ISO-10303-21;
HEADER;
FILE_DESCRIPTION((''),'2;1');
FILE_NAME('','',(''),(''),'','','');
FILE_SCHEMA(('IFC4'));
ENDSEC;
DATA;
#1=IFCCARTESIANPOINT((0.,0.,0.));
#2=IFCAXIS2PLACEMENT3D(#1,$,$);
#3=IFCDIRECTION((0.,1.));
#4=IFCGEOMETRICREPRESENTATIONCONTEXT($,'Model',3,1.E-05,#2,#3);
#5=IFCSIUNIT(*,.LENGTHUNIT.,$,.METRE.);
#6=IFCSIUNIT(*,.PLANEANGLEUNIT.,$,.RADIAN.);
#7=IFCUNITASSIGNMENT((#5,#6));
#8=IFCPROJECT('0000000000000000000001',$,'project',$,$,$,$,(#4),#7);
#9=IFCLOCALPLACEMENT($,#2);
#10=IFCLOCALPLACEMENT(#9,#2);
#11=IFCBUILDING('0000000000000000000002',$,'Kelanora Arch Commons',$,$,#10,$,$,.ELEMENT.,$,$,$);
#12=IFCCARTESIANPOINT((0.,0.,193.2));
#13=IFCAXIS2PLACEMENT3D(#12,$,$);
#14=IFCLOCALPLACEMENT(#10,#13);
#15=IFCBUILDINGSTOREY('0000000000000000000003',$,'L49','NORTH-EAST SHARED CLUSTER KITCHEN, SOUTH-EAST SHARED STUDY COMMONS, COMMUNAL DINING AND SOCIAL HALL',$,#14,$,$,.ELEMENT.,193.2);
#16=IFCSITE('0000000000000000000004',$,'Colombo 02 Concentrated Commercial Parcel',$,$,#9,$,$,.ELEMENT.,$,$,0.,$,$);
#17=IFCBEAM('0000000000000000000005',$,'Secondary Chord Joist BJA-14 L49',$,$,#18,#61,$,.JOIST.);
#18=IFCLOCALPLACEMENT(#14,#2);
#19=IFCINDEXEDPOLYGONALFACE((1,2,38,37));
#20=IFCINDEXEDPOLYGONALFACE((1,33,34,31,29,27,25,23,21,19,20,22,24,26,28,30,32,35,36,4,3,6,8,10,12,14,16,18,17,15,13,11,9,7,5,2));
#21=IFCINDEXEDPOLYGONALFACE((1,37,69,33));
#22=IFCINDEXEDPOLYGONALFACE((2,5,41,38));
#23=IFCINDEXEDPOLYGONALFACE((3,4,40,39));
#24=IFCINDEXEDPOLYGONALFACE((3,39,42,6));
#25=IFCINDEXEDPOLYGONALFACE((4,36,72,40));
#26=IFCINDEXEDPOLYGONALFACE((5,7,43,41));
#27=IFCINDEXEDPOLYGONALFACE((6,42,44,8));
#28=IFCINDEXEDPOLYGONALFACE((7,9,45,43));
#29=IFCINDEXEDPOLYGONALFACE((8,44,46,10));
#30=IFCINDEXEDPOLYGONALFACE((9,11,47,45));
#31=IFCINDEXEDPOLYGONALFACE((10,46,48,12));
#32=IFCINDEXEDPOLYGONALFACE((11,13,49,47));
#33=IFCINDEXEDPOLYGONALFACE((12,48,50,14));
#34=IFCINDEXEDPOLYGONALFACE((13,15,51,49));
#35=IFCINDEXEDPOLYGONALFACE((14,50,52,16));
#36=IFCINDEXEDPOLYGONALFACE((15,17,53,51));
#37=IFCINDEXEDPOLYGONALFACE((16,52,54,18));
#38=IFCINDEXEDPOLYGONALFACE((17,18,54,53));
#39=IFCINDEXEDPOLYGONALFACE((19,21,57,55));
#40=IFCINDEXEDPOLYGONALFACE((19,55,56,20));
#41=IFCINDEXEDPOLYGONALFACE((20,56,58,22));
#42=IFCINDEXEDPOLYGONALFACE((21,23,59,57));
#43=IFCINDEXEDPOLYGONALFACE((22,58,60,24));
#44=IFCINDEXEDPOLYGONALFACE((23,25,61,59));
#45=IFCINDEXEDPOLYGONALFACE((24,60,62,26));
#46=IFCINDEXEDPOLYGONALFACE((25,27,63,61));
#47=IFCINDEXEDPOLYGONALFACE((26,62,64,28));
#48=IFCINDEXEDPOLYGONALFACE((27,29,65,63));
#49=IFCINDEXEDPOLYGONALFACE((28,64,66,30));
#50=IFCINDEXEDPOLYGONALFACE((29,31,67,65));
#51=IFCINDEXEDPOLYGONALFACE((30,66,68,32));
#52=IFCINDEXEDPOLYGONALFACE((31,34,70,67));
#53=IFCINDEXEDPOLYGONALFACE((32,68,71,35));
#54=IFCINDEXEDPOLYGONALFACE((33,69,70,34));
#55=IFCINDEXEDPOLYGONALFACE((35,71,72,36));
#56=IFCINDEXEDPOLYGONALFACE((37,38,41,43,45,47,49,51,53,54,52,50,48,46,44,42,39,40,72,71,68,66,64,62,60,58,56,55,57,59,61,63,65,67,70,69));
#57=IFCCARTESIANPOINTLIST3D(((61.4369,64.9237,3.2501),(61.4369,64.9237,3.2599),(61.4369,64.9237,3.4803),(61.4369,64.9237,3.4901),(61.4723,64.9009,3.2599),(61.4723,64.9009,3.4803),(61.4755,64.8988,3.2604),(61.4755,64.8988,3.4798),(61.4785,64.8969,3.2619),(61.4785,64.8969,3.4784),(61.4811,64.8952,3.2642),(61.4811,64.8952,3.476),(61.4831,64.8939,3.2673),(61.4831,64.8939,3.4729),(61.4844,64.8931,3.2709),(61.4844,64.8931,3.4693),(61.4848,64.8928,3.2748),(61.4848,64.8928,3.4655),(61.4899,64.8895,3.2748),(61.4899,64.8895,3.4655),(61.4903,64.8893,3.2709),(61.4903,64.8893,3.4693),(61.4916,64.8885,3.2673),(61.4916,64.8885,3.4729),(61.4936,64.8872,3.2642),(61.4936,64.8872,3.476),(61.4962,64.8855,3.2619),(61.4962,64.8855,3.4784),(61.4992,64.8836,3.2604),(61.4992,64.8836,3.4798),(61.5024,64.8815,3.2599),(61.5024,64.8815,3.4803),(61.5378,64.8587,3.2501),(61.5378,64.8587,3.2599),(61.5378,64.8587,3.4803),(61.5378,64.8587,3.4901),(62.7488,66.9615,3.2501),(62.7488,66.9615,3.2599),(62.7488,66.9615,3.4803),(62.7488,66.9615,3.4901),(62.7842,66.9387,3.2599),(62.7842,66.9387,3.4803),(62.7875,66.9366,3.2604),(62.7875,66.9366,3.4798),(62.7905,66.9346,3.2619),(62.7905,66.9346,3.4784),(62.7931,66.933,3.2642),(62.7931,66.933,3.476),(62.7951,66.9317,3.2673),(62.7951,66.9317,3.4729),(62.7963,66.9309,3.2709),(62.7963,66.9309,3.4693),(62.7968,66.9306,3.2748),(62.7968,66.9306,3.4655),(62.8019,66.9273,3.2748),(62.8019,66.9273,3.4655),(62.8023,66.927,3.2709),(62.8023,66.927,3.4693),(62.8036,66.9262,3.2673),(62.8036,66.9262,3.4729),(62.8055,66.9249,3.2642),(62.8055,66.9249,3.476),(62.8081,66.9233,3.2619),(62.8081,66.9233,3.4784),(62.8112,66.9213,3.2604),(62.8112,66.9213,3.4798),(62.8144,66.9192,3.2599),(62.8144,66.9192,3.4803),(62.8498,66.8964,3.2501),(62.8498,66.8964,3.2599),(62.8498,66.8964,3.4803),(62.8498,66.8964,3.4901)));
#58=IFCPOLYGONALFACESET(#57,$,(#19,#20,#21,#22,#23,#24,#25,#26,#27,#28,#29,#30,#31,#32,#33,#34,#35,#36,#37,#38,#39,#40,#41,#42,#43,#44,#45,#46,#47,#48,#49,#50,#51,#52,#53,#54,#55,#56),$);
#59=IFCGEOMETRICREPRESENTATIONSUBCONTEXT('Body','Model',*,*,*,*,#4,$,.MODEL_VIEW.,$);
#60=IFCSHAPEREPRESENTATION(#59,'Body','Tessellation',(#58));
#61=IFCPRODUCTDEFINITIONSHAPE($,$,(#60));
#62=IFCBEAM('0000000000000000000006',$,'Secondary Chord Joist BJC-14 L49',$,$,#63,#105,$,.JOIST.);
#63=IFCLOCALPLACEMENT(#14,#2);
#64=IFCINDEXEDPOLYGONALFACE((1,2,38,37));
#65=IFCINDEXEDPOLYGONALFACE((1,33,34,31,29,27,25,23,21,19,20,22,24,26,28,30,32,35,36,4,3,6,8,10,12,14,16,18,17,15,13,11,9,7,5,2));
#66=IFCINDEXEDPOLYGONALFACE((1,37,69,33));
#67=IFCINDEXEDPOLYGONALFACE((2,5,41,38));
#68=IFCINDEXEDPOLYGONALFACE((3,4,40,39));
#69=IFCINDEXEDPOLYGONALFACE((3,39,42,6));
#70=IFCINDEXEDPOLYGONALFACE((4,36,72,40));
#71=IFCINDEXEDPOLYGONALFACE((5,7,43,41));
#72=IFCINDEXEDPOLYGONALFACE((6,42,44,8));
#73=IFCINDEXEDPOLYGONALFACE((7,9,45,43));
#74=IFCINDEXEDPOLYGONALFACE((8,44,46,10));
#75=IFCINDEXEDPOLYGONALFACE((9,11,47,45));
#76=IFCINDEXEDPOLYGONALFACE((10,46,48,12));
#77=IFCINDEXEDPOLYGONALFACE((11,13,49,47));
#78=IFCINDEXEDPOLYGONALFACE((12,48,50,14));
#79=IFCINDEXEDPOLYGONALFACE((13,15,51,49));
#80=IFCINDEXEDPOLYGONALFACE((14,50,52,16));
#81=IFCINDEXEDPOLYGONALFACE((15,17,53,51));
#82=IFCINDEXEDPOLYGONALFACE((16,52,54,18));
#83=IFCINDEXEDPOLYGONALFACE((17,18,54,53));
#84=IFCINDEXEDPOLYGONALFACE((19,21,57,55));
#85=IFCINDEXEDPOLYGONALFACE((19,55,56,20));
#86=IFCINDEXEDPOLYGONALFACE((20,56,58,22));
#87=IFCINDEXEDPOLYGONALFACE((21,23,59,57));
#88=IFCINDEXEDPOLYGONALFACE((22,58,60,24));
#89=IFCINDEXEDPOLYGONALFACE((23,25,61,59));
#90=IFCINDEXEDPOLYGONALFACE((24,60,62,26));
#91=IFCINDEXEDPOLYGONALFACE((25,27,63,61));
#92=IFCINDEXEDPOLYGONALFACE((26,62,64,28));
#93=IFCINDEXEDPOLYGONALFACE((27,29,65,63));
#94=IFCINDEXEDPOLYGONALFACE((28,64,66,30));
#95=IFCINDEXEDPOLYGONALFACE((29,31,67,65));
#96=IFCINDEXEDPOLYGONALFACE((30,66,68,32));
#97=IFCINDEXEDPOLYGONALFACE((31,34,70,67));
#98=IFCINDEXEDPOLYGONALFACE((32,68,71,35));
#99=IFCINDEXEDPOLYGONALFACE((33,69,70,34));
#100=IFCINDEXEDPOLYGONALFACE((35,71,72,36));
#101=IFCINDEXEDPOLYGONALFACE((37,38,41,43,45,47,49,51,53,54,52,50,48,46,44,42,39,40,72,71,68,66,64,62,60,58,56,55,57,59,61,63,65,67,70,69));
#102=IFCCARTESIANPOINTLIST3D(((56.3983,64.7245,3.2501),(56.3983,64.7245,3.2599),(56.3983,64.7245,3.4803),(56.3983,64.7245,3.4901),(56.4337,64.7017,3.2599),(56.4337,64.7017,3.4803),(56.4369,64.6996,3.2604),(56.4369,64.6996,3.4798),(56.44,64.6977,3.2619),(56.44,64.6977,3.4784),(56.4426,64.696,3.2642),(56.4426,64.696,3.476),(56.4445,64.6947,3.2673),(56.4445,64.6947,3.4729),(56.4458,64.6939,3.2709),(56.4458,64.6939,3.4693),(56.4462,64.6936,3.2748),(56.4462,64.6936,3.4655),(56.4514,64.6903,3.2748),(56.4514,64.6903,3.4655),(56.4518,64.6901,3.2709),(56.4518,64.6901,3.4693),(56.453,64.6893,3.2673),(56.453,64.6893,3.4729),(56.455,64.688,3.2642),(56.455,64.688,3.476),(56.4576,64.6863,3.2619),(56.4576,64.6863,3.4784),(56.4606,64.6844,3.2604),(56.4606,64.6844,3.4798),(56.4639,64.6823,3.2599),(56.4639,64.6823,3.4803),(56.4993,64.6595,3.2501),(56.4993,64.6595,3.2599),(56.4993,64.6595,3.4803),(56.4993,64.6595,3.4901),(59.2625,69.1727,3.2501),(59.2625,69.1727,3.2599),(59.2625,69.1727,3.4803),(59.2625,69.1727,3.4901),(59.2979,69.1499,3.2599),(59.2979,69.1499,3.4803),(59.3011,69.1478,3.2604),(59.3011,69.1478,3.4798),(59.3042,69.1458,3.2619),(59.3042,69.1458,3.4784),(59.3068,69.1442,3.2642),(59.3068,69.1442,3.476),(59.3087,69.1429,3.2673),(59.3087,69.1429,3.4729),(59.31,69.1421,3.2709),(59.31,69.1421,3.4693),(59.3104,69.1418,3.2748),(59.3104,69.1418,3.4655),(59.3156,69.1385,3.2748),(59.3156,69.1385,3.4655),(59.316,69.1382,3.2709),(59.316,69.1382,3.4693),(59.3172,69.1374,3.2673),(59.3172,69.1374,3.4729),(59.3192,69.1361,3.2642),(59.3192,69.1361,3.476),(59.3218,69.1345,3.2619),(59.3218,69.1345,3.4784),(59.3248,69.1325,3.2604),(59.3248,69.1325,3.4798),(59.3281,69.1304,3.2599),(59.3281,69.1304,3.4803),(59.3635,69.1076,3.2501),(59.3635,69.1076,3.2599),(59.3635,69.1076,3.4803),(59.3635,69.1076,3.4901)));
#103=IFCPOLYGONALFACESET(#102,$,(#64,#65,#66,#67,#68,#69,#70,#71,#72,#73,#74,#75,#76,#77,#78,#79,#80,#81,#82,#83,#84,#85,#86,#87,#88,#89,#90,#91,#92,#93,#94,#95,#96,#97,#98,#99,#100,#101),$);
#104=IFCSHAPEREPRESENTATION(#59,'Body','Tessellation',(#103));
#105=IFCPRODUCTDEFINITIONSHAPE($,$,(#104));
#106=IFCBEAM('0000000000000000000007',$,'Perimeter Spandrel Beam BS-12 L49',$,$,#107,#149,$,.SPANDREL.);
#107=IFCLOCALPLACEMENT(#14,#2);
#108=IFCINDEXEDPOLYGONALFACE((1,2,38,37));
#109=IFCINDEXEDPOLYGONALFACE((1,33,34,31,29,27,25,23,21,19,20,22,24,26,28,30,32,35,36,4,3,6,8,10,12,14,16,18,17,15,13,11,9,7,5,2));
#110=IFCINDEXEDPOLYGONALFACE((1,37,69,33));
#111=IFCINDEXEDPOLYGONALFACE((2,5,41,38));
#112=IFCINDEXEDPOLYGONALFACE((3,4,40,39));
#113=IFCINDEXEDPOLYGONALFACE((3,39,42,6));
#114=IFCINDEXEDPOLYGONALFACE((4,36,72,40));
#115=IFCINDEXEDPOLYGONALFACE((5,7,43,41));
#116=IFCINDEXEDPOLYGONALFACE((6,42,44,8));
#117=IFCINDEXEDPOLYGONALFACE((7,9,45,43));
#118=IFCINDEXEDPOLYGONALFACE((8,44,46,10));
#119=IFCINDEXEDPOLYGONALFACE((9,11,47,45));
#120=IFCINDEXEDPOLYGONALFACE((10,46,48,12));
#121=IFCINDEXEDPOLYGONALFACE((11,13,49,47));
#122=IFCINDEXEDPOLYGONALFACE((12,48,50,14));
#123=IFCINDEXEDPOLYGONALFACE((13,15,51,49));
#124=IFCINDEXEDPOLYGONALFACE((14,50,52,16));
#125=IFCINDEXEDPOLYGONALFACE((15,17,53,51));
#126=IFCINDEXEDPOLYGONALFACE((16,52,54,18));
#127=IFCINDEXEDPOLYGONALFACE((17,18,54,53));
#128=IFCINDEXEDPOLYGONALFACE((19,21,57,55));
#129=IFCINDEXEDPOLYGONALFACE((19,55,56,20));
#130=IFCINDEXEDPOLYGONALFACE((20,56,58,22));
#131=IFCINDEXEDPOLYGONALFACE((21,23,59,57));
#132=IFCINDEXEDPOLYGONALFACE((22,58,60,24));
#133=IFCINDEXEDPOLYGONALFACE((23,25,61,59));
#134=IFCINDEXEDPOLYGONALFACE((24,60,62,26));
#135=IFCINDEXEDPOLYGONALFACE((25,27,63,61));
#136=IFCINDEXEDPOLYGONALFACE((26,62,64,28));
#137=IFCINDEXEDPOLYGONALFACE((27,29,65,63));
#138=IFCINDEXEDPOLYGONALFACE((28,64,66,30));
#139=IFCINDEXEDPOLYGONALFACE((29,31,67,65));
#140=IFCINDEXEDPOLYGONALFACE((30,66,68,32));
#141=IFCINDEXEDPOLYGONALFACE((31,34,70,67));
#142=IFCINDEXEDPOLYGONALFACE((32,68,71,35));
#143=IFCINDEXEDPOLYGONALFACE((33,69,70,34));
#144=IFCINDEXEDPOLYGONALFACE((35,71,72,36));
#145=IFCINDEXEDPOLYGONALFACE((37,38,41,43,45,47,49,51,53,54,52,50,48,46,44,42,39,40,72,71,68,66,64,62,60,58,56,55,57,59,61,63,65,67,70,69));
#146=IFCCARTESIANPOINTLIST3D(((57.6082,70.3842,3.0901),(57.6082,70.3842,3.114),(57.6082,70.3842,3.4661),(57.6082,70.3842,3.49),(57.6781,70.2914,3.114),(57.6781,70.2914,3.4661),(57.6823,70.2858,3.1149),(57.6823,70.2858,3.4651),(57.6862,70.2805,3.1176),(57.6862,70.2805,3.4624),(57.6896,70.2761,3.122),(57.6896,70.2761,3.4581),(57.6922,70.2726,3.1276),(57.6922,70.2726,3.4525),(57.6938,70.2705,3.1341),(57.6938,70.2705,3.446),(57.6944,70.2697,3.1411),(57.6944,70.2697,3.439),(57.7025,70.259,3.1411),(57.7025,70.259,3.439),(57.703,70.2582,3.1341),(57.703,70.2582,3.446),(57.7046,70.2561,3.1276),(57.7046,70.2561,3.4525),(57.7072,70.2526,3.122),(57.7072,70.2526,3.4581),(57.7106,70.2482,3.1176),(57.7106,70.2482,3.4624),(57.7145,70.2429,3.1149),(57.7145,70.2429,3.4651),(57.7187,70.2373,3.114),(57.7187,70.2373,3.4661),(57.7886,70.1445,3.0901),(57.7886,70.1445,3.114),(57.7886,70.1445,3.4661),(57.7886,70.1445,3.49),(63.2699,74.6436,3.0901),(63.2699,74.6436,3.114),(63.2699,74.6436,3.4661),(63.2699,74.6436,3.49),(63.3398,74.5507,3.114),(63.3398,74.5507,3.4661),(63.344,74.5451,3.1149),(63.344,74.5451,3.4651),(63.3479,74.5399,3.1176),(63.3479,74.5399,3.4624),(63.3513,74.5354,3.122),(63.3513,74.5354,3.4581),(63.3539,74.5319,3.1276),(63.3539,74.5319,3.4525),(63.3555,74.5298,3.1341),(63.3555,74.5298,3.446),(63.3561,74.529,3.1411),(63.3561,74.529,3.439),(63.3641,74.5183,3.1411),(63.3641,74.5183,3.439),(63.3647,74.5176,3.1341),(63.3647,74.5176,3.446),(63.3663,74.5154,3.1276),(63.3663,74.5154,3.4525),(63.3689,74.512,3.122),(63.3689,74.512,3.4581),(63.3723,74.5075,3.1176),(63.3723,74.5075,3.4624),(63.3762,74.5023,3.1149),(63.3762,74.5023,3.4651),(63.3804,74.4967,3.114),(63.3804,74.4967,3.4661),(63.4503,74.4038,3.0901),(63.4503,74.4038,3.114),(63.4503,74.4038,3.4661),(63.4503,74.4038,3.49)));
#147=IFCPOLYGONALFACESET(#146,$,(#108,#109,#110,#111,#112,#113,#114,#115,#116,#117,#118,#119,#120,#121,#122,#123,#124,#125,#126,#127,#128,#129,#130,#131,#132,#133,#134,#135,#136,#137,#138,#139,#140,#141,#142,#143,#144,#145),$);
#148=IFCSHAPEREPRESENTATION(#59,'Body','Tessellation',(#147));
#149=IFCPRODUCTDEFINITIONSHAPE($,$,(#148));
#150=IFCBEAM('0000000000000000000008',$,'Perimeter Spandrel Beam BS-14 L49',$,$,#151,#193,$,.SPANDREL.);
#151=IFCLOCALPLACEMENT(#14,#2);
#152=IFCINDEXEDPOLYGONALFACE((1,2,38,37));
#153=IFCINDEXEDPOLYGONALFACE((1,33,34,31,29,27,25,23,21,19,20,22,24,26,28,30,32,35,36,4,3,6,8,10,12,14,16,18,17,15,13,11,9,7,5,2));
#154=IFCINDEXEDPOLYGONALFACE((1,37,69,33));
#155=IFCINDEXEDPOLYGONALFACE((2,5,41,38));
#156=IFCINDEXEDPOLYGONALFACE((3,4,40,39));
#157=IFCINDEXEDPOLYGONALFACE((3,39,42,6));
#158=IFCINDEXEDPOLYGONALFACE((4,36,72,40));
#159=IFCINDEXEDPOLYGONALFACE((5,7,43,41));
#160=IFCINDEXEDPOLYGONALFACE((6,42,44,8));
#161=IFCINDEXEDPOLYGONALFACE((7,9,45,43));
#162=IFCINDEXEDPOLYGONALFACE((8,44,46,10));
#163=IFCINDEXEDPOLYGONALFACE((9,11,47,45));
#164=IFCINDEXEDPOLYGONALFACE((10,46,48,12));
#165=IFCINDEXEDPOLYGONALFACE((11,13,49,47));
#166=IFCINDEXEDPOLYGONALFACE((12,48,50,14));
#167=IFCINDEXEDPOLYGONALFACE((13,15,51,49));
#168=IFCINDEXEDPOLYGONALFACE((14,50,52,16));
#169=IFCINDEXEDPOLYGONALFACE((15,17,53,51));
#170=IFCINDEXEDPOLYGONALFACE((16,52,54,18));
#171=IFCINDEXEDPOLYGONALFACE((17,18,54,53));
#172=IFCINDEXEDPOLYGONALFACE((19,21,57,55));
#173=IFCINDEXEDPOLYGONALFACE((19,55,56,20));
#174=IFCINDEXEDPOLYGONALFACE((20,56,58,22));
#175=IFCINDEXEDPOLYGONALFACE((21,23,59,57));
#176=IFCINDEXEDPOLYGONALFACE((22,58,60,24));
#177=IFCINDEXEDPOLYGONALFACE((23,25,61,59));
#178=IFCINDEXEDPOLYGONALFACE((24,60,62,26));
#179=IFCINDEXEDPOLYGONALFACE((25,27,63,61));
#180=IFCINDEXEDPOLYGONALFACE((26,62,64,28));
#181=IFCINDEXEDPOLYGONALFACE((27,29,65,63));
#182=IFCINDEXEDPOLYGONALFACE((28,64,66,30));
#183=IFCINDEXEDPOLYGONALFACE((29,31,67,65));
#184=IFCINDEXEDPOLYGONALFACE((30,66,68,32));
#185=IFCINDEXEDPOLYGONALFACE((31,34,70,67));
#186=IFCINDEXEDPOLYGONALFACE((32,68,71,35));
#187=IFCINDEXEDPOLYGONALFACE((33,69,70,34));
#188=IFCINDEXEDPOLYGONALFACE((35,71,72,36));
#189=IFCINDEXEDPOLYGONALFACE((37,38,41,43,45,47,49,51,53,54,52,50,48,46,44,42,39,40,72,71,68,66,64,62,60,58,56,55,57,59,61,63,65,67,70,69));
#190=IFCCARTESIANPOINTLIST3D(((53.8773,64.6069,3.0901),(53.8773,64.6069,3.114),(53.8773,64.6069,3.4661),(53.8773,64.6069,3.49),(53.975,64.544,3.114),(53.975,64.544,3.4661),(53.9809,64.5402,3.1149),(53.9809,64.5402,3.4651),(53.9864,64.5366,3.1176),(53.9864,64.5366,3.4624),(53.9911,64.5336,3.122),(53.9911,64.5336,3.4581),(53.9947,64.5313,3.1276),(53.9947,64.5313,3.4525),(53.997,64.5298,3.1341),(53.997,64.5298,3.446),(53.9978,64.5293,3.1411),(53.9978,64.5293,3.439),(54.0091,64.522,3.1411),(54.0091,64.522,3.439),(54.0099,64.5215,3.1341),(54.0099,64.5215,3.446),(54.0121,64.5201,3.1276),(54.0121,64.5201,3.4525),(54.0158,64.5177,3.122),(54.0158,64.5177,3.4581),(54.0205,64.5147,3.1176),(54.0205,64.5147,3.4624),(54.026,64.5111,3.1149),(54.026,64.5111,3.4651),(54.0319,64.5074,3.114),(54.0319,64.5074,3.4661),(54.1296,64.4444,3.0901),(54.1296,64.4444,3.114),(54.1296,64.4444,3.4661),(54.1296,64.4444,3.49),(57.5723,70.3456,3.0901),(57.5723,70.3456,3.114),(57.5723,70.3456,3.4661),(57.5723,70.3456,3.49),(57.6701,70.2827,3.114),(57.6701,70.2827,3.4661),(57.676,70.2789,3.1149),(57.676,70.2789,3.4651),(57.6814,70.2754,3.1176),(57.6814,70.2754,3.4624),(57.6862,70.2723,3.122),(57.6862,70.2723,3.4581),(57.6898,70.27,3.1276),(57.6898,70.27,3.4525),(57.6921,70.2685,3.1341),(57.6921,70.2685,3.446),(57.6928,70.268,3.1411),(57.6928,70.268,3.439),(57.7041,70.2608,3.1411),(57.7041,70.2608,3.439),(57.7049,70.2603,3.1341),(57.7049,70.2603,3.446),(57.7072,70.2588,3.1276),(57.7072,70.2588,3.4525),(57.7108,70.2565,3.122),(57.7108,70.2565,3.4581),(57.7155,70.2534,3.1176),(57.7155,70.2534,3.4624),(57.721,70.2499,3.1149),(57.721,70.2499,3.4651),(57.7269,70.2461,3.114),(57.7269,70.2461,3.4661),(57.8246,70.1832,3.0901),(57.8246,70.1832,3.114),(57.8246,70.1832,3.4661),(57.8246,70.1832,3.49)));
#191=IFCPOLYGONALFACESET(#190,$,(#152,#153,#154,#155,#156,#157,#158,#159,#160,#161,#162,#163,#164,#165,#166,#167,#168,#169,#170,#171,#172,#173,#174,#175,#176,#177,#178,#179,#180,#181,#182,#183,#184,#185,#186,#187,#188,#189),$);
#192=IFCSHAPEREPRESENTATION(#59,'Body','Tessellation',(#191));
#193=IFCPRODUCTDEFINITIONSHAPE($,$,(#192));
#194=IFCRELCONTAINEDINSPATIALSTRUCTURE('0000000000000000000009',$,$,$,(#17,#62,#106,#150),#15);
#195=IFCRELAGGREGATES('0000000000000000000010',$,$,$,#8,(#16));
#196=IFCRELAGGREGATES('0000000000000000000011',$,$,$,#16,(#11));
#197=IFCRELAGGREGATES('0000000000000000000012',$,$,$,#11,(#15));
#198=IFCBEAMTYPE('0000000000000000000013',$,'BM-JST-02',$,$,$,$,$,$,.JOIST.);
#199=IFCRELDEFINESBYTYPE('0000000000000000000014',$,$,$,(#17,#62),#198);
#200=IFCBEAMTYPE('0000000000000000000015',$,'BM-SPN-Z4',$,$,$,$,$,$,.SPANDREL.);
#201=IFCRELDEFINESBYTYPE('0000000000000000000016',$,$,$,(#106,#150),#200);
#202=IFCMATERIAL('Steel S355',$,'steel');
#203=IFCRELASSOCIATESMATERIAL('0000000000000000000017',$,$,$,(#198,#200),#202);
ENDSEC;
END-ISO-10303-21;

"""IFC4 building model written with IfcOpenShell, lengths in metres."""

from ifc_helpers import new_model, si_unit, direction, frame, origin, origin_2d, place, context, subcontext, project, spatial, i_section, extrude, material, material_profile, profile_set, type_object, element, save


model = new_model("IFC4")

# Units and contexts
model_context = context("Model", 3, precision=1e-05, world=origin(), true_north=direction((0.0, 1.0)))
body_context = subcontext(model_context, "Body", "Model", "MODEL_VIEW")
ifc_project = project(units=[si_unit("LENGTHUNIT", "METRE"), si_unit("PLANEANGLEUNIT", "RADIAN")], contexts=[model_context])

# Site, building, storey
site_placement = place(None, origin())
site = spatial("IfcSite", under=ifc_project, at=site_placement, Name="Colombo 02 Concentrated Commercial Parcel", CompositionType="ELEMENT", RefElevation=0.0)
building_placement = place(site_placement, origin())
building = spatial("IfcBuilding", under=site, at=building_placement, Name="Kelanora Arch Commons", CompositionType="ELEMENT")
storey_placement = place(building_placement, frame((0.0, 0.0, 193.2)))
storey = spatial("IfcBuildingStorey", under=building, at=storey_placement, Name="L49", Description="NORTH-EAST SHARED CLUSTER KITCHEN, SOUTH-EAST SHARED STUDY COMMONS, COMMUNAL DINING AND SOCIAL HALL", CompositionType="ELEMENT", Elevation=193.2)

# Beams
ifc_material_1 = material(Name="Steel S355", Category="steel")
ifc_material_profile_1 = material_profile(ifc_material_1, i_section(OverallWidth=0.1201, OverallDepth=0.24, WebThickness=0.0061, FlangeThickness=0.0098, FilletRadius=0.0149, at=origin_2d()), Name="IPE240")
ifc_profile_set_1 = profile_set([ifc_material_profile_1], Name="Steel S355")
beam_type_1 = type_object("IfcBeamType", Name="BM-JST-02", PredefinedType="JOIST", material=ifc_profile_set_1)
beam_1_placement = place(storey_placement, frame((62.7993, 66.929, 3.3701), z_axis=(-0.541333, -0.840808, 0.0), x_axis=(0.840808, -0.541333, 0.0)))
element("IfcBeam", 1, at=beam_1_placement, inside=storey, type_object=beam_type_1, Name="Secondary Chord Joist BJA-14 L49", PredefinedType="JOIST", context=body_context, shape_type="SweptSolid", body=[
    extrude(i_section(OverallWidth=0.1201, OverallDepth=0.24, WebThickness=0.0061, FlangeThickness=0.0098, FilletRadius=0.0149, at=origin_2d()), origin(), (0.0, 0.0, 1.0), 2.4236),
])
beam_2_placement = place(storey_placement, frame((59.313, 69.1401, 3.3701), z_axis=(-0.541382, -0.840776, 0.0), x_axis=(0.840776, -0.541382, 0.0)))
element("IfcBeam", 2, at=beam_2_placement, inside=storey, type_object=beam_type_1, Name="Secondary Chord Joist BJC-14 L49", PredefinedType="JOIST", context=body_context, shape_type="SweptSolid", body=[
    extrude(i_section(OverallWidth=0.1201, OverallDepth=0.24, WebThickness=0.0061, FlangeThickness=0.0098, FilletRadius=0.0149, at=origin_2d()), origin(), (0.0, 0.0, 1.0), 5.2905),
])
ifc_material_profile_2 = material_profile(ifc_material_1, i_section(OverallWidth=0.3, OverallDepth=0.3999, WebThickness=0.0134, FlangeThickness=0.0239, FilletRadius=0.0271, at=origin_2d()), Name="HEB400")
ifc_profile_set_2 = profile_set([ifc_material_profile_2], Name="Steel S355")
beam_type_2 = type_object("IfcBeamType", Name="BM-SPN-Z4", PredefinedType="SPANDREL", material=ifc_profile_set_2)
beam_3_placement = place(storey_placement, frame((63.3601, 74.5237, 3.29), z_axis=(-0.799114, -0.601179, 0.0), x_axis=(0.601179, -0.799114, 0.0)))
element("IfcBeam", 3, at=beam_3_placement, inside=storey, type_object=beam_type_2, Name="Perimeter Spandrel Beam BS-12 L49", PredefinedType="SPANDREL", context=body_context, shape_type="SweptSolid", body=[
    extrude(i_section(OverallWidth=0.3, OverallDepth=0.3999, WebThickness=0.0134, FlangeThickness=0.0239, FilletRadius=0.0271, at=origin_2d()), origin(), (0.0, 0.0, 1.0), 7.085),
])
beam_4_placement = place(storey_placement, frame((57.6985, 70.2644, 3.29), z_axis=(-0.541365, -0.840788, 0.0), x_axis=(0.840788, -0.541365, 0.0)))
element("IfcBeam", 4, at=beam_4_placement, inside=storey, type_object=beam_type_2, Name="Perimeter Spandrel Beam BS-14 L49", PredefinedType="SPANDREL", context=body_context, shape_type="SweptSolid", body=[
    extrude(i_section(OverallWidth=0.3, OverallDepth=0.3999, WebThickness=0.0134, FlangeThickness=0.0239, FilletRadius=0.0271, at=origin_2d()), origin(), (0.0, 0.0, 1.0), 6.8254),
])

save(model, "model.ifc")
